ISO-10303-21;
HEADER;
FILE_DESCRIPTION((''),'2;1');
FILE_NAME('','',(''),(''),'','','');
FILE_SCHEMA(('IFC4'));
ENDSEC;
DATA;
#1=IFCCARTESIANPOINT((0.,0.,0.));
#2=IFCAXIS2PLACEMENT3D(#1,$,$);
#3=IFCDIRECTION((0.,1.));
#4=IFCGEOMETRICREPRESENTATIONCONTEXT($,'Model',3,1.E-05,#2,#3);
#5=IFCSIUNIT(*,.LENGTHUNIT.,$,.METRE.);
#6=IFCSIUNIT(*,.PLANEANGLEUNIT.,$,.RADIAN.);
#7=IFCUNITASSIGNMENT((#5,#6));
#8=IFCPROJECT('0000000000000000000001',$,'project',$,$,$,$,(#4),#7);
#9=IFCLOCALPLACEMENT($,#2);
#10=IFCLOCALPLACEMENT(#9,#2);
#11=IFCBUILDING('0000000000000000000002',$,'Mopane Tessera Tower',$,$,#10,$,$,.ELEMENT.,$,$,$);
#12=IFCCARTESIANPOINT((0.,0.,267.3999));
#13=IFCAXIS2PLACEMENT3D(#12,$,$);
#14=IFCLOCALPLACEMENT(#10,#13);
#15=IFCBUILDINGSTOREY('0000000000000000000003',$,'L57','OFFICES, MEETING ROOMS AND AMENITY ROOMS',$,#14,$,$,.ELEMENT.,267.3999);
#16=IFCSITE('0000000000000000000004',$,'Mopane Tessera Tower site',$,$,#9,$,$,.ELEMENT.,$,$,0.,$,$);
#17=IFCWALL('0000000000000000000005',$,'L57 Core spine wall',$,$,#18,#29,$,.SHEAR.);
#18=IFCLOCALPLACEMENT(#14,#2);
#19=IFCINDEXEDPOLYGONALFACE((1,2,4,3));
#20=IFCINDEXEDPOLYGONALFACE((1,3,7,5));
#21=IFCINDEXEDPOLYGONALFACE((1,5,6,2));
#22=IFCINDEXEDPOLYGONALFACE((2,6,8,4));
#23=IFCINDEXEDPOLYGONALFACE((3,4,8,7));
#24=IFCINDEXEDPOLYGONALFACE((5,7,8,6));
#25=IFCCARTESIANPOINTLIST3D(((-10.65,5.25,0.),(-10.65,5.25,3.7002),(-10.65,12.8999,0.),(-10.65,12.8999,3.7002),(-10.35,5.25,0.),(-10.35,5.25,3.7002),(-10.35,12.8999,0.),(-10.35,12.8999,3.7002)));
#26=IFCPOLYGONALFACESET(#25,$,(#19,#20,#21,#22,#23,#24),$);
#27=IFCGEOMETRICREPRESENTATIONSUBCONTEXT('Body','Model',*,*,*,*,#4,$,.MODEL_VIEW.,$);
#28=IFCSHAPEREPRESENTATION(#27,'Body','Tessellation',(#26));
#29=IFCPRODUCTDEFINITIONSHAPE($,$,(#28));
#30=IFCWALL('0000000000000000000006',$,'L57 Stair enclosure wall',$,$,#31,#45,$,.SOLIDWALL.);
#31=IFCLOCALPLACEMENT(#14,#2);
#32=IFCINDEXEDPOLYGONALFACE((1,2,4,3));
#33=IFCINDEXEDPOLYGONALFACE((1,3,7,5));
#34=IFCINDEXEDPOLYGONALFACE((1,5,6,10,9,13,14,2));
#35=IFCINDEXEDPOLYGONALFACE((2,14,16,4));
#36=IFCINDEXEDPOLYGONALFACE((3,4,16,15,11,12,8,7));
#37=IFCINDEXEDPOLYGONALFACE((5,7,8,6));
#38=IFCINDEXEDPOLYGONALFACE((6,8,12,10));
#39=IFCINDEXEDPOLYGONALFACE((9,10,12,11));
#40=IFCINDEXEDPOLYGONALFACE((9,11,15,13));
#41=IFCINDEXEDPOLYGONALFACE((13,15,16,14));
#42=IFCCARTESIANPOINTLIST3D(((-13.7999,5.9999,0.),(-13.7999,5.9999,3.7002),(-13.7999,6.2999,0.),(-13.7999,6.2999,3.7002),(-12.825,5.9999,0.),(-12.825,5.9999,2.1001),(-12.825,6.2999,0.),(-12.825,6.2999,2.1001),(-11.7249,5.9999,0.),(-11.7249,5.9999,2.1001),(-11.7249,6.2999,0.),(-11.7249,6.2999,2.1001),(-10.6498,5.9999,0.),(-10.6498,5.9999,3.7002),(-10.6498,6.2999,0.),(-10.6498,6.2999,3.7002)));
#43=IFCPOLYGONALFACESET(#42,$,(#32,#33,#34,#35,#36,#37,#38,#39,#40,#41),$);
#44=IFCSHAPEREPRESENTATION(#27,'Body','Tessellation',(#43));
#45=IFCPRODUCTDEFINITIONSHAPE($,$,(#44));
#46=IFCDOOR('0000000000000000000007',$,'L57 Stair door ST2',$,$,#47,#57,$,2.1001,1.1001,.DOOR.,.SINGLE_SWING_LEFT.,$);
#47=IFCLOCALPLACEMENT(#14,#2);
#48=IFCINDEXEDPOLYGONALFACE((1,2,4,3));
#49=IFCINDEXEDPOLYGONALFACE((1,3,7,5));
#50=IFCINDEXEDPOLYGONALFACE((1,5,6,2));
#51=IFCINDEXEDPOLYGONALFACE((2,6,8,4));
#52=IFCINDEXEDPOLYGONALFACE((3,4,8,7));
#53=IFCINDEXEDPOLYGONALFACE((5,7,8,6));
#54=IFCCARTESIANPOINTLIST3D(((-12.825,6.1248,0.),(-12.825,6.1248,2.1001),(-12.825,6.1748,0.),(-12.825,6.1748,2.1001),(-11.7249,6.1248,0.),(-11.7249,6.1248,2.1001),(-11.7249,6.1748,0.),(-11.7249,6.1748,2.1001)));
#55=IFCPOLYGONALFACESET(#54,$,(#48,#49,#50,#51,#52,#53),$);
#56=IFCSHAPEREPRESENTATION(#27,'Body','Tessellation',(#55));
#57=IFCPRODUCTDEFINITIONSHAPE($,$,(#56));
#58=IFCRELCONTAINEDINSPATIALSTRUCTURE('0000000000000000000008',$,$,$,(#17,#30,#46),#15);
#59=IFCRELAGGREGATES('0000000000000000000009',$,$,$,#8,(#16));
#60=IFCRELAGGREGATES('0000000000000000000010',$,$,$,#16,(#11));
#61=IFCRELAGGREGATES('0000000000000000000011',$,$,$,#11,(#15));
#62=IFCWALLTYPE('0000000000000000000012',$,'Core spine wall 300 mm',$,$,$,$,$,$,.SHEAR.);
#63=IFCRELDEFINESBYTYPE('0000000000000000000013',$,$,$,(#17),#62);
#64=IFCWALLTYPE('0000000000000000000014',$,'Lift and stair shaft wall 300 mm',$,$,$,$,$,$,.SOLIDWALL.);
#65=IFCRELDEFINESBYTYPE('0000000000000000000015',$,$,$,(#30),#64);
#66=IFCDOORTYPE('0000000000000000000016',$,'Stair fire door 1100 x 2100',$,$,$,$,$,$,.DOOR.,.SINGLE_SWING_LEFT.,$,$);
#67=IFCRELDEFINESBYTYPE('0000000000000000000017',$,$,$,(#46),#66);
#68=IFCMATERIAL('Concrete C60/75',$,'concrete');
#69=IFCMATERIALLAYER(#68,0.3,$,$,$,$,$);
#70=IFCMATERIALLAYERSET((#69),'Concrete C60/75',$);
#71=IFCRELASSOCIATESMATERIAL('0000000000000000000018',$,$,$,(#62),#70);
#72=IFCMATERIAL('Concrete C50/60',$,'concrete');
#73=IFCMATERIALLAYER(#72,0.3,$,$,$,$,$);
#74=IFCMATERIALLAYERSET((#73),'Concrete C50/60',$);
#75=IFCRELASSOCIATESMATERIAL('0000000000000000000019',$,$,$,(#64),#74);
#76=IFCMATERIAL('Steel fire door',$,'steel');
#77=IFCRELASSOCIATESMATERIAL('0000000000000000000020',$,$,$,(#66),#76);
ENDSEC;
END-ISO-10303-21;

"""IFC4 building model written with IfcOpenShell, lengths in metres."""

from ifc_helpers import new_model, si_unit, direction, frame, frame_2d, origin, place, context, subcontext, project, spatial, rectangle, extrude, material, layer, layer_set, type_object, element, fill, save


model = new_model("IFC4")

# Units and contexts
model_context = context("Model", 3, precision=1e-05, world=origin(), true_north=direction((0.0, 1.0)))
body_context = subcontext(model_context, "Body", "Model", "MODEL_VIEW")
ifc_project = project(units=[si_unit("LENGTHUNIT", "METRE"), si_unit("PLANEANGLEUNIT", "RADIAN")], contexts=[model_context])

# Site, building, storey
site_placement = place(None, origin())
site = spatial("IfcSite", under=ifc_project, at=site_placement, Name="Mopane Tessera Tower site", CompositionType="ELEMENT", RefElevation=0.0)
building_placement = place(site_placement, origin())
building = spatial("IfcBuilding", under=site, at=building_placement, Name="Mopane Tessera Tower", CompositionType="ELEMENT")
storey_placement = place(building_placement, frame((0.0, 0.0, 267.3999)))
storey = spatial("IfcBuildingStorey", under=building, at=storey_placement, Name="L57", Description="OFFICES, MEETING ROOMS AND AMENITY ROOMS", CompositionType="ELEMENT", Elevation=267.3999)

# Wall
ifc_material_1 = material(Name="Concrete C60/75", Category="concrete")
ifc_layer_1 = layer(ifc_material_1, 0.3)
ifc_layer_set_1 = layer_set([ifc_layer_1], Name="Concrete C60/75")
wall_type_1 = type_object("IfcWallType", Name="Core spine wall 300 mm", PredefinedType="SHEAR", material=ifc_layer_set_1)
wall_1_placement = place(storey_placement, frame((-10.5, 5.25, 0.0), z_axis=(0.0, 0.0, 1.0), x_axis=(0.0, 1.0, 0.0)))
element("IfcWall", 1, at=wall_1_placement, inside=storey, type_object=wall_type_1, Name="L57 Core spine wall", PredefinedType="SHEAR", context=body_context, shape_type="SweptSolid", body=[
    extrude(rectangle(XDim=7.6499, YDim=0.3, at=frame_2d((3.825, 0.0))), origin(), (0.0, 0.0, 1.0), 3.7002),
])

# Wall, opening, door
ifc_material_2 = material(Name="Concrete C50/60", Category="concrete")
ifc_layer_2 = layer(ifc_material_2, 0.3)
ifc_layer_set_2 = layer_set([ifc_layer_2], Name="Concrete C50/60")
wall_type_2 = type_object("IfcWallType", Name="Lift and stair shaft wall 300 mm", PredefinedType="SOLIDWALL", material=ifc_layer_set_2)
wall_2_placement = place(storey_placement, frame((-13.8, 6.1499, 0.0), z_axis=(0.0, 0.0, 1.0), x_axis=(1.0, 0.0, 0.0)))
wall_2 = element("IfcWall", 2, at=wall_2_placement, inside=storey, type_object=wall_type_2, Name="L57 Stair enclosure wall", PredefinedType="SOLIDWALL", context=body_context, shape_type="SweptSolid", body=[
    extrude(rectangle(XDim=3.1501, YDim=0.3, at=frame_2d((1.5752, 0.0))), origin(), (0.0, 0.0, 1.0), 3.7002),
])
opening_1_placement = place(wall_2_placement, frame((0.9751, 0.0, 0.0)))
opening_1 = element("IfcOpeningElement", 3, at=opening_1_placement, cuts=wall_2, PredefinedType="OPENING", context=body_context, shape_type="SweptSolid", body=[
    extrude(rectangle(XDim=1.1001, YDim=2.1001, at=frame_2d((0.55, 1.05))), frame((0.0, 0.1621, 0.0), z_axis=(0.0, -1.0, 0.0), x_axis=(1.0, 0.0, 0.0)), (0.0, 0.0, 1.0), 0.324),
])
ifc_material_3 = material(Name="Steel fire door", Category="steel")
door_type_1 = type_object("IfcDoorType", Name="Stair fire door 1100 x 2100", OperationType="SINGLE_SWING_LEFT", PredefinedType="DOOR", material=ifc_material_3)
door_1_placement = place(opening_1_placement, origin())
door_1 = element("IfcDoor", 4, at=door_1_placement, inside=storey, type_object=door_type_1, Name="L57 Stair door ST2", OperationType="SINGLE_SWING_LEFT", OverallHeight=2.1001, OverallWidth=1.1001, PredefinedType="DOOR", context=body_context, shape_type="SweptSolid", body=[
    extrude(rectangle(XDim=1.1001, YDim=2.1001, at=frame_2d((0.55, 1.05))), frame((0.0, 0.0249, 0.0), z_axis=(0.0, -1.0, 0.0), x_axis=(1.0, 0.0, 0.0)), (0.0, 0.0, 1.0), 0.05),
])
fill(opening_1, door_1)

save(model, "model.ifc")
